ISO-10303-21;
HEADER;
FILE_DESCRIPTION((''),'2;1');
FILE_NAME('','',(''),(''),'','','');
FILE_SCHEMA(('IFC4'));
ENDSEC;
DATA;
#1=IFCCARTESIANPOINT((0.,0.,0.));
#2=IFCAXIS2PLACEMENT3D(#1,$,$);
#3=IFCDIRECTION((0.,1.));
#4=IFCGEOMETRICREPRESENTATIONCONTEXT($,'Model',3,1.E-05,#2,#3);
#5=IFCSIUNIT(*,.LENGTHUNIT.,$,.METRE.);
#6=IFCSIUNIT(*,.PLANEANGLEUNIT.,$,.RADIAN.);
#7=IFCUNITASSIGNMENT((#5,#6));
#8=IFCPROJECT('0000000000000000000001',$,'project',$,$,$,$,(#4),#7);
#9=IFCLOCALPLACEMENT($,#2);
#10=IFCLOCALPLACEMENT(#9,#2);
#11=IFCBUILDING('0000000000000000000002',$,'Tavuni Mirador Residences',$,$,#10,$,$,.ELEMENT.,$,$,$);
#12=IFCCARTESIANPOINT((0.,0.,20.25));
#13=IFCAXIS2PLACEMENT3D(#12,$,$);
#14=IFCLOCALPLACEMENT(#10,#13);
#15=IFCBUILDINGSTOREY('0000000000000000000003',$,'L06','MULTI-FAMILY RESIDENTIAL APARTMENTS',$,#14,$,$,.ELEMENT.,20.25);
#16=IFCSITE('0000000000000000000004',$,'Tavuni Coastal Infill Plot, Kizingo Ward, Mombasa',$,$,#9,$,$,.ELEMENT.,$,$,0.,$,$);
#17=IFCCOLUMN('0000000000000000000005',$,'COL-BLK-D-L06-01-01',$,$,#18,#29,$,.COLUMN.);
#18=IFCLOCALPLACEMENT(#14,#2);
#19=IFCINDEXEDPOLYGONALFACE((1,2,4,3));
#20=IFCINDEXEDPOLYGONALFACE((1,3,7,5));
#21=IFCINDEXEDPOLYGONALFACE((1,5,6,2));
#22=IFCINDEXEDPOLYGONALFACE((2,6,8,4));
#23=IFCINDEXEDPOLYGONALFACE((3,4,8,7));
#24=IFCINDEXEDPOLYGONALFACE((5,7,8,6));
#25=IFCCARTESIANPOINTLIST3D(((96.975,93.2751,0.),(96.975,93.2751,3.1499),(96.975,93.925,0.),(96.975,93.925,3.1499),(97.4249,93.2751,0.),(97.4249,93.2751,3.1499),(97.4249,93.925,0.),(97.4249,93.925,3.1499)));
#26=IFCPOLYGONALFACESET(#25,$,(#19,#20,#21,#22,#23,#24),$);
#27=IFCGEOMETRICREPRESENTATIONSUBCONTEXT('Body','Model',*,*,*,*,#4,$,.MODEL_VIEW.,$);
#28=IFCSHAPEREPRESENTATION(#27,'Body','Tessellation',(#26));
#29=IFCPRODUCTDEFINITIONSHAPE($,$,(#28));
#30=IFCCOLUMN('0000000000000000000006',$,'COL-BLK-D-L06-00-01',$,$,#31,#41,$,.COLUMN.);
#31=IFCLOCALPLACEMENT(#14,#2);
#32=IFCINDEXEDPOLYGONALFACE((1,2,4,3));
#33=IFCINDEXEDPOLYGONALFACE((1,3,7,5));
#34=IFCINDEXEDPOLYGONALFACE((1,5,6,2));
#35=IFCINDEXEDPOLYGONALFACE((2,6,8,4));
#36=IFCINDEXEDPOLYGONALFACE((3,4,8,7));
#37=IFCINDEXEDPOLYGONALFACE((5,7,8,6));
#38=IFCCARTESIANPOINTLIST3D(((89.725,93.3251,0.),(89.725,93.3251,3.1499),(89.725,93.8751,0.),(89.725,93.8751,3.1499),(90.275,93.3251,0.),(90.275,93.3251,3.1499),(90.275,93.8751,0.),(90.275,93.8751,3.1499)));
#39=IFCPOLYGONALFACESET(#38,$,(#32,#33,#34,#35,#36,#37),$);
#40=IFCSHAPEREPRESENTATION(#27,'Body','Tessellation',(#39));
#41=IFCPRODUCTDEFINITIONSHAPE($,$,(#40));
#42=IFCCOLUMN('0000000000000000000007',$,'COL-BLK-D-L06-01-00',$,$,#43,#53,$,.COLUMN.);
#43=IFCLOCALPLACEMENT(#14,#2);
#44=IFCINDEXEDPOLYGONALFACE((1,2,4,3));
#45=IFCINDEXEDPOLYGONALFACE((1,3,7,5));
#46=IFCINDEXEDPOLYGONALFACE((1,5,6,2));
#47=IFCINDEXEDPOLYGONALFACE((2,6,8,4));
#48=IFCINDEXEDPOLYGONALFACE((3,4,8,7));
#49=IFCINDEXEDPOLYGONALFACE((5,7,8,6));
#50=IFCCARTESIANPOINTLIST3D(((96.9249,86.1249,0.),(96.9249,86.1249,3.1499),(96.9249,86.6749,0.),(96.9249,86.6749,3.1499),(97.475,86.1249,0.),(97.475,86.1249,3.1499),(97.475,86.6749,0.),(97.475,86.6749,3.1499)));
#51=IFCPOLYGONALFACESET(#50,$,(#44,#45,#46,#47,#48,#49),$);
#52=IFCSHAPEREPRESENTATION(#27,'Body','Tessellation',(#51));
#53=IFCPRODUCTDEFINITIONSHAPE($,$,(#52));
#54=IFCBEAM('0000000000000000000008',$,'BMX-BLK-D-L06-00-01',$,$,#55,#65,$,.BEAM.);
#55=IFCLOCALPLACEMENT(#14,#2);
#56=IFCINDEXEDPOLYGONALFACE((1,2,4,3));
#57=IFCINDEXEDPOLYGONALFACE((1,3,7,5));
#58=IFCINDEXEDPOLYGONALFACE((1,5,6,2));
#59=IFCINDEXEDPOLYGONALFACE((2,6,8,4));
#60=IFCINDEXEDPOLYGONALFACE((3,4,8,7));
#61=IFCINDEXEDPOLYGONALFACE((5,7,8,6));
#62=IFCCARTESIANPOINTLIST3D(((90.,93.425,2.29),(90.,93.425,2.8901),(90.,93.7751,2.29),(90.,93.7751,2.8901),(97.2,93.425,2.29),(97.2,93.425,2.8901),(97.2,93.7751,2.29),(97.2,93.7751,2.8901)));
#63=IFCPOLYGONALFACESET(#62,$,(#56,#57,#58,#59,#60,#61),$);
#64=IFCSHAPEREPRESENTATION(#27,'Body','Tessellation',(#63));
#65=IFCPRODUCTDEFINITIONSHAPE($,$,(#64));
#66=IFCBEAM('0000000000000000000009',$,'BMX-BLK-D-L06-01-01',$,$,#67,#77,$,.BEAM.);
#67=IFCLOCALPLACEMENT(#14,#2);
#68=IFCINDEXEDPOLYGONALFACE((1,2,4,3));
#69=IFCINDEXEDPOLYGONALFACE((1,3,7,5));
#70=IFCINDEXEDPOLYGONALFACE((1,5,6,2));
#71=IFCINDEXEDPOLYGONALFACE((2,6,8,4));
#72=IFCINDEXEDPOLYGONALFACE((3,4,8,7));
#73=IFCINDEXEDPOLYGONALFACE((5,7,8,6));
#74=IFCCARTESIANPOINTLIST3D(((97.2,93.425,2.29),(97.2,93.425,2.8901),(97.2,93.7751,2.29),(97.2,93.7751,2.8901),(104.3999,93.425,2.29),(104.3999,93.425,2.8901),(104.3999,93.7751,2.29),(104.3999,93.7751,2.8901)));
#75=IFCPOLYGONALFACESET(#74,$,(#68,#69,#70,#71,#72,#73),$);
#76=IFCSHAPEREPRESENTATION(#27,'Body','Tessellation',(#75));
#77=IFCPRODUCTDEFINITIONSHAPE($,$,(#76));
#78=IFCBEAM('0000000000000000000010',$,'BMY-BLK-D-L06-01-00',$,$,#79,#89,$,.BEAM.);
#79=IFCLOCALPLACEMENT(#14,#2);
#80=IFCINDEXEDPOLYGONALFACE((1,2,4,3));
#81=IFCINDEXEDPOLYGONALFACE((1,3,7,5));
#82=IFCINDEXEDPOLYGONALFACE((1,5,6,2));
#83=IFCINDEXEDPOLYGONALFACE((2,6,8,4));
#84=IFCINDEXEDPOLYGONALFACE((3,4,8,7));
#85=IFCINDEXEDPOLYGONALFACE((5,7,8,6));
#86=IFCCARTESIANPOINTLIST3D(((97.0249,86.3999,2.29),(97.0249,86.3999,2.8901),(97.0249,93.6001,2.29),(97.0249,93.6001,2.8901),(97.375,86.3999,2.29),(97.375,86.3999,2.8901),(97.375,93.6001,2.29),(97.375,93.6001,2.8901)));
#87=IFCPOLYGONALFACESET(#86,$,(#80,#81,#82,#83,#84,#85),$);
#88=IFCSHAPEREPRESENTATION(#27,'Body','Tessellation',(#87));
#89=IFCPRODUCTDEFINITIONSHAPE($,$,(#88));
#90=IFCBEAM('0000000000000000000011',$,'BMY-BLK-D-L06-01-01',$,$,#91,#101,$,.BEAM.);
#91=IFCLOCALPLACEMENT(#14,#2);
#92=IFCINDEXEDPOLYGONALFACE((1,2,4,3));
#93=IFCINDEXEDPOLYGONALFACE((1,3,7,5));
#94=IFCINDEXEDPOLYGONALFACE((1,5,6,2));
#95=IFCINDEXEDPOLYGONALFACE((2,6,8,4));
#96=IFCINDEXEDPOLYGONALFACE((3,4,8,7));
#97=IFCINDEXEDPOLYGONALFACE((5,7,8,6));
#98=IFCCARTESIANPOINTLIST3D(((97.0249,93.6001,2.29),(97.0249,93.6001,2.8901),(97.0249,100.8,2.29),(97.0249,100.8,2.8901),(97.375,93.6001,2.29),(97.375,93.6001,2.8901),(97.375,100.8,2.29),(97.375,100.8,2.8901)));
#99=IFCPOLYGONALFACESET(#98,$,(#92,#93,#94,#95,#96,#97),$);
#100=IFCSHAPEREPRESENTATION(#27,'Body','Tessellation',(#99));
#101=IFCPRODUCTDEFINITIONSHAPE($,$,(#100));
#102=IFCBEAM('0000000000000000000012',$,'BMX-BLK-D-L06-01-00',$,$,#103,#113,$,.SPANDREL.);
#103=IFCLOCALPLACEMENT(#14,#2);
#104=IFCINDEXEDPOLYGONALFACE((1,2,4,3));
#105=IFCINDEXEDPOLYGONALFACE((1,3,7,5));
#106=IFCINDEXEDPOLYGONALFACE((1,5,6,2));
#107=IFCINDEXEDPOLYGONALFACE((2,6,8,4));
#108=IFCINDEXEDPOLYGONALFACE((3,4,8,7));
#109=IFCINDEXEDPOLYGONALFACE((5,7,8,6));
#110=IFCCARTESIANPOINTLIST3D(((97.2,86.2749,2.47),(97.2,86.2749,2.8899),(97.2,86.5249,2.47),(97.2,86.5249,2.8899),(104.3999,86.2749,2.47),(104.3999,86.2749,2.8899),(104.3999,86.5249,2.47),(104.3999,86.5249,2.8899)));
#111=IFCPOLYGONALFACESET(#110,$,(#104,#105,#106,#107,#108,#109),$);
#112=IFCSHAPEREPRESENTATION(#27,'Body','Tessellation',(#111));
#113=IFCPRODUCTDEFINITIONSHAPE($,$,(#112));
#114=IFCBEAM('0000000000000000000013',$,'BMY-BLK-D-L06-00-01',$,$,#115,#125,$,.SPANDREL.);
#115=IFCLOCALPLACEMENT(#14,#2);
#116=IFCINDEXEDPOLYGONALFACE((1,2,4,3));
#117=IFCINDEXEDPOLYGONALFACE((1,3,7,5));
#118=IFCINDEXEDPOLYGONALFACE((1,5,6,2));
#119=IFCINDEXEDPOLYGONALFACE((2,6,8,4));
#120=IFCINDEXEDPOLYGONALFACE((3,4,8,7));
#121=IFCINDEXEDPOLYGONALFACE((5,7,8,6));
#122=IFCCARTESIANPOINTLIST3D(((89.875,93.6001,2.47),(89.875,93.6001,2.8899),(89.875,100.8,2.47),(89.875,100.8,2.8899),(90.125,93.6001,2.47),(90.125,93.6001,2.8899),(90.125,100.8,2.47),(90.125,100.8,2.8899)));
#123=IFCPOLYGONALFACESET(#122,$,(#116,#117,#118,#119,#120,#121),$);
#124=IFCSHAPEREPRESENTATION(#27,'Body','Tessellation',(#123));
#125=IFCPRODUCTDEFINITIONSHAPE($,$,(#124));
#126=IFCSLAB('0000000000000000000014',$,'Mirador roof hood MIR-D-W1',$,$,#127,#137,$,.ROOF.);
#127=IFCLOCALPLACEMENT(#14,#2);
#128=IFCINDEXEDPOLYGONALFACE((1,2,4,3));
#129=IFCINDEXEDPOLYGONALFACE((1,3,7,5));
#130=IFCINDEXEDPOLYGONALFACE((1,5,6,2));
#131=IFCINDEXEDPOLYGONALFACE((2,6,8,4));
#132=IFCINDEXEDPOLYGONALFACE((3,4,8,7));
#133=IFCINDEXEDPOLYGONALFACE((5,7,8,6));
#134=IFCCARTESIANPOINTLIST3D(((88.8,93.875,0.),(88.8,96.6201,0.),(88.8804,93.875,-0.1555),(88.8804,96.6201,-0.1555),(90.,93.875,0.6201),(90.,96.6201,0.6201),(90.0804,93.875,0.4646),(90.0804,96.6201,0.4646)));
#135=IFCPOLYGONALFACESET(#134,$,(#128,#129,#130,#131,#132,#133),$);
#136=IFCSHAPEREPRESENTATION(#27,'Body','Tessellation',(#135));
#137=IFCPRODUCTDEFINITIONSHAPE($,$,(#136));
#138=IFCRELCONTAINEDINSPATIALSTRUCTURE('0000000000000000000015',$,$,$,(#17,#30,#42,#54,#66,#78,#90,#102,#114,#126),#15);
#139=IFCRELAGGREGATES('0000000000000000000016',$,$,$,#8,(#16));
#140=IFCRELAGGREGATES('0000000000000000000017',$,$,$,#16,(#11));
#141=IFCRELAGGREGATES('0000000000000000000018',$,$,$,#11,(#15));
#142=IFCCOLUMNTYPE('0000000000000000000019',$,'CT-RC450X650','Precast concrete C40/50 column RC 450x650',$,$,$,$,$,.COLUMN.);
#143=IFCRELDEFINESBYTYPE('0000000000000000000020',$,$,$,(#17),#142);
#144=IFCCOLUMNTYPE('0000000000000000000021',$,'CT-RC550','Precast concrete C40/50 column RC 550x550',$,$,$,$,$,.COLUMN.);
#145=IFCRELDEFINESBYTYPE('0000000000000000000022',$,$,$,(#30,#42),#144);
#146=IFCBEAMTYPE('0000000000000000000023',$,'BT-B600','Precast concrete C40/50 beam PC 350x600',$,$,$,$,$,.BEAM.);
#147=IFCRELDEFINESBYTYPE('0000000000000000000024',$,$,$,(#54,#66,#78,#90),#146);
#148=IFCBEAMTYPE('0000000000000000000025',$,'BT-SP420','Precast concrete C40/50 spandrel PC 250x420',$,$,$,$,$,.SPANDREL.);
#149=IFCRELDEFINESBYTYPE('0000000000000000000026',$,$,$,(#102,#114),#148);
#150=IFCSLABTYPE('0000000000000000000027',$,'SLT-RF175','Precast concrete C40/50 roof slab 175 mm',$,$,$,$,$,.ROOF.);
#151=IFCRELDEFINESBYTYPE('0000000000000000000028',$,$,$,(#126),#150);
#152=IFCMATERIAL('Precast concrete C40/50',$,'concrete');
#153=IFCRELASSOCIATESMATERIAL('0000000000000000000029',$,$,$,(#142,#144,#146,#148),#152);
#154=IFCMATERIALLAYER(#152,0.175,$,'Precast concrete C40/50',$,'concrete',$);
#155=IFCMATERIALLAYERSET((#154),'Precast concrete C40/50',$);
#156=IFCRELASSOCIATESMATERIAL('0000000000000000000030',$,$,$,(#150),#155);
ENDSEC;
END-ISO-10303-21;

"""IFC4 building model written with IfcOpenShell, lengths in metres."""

from ifc_helpers import new_model, si_unit, direction, frame, origin, origin_2d, place, context, subcontext, project, spatial, polyline, rectangle, outline, extrude, material, layer, layer_set, material_profile, profile_set, type_object, element, save


model = new_model("IFC4")

# Units and contexts
model_context = context("Model", 3, precision=1e-05, world=origin(), true_north=direction((0.0, 1.0)))
body_context = subcontext(model_context, "Body", "Model", "MODEL_VIEW")
ifc_project = project(units=[si_unit("LENGTHUNIT", "METRE"), si_unit("PLANEANGLEUNIT", "RADIAN")], contexts=[model_context])

# Site, building, storey
site_placement = place(None, origin())
site = spatial("IfcSite", under=ifc_project, at=site_placement, Name="Tavuni Coastal Infill Plot, Kizingo Ward, Mombasa", CompositionType="ELEMENT", RefElevation=0.0)
building_placement = place(site_placement, origin())
building = spatial("IfcBuilding", under=site, at=building_placement, Name="Tavuni Mirador Residences", CompositionType="ELEMENT")
storey_placement = place(building_placement, frame((0.0, 0.0, 20.25)))
storey = spatial("IfcBuildingStorey", under=building, at=storey_placement, Name="L06", Description="MULTI-FAMILY RESIDENTIAL APARTMENTS", CompositionType="ELEMENT", Elevation=20.25)

# Columns
ifc_material_1 = material(Name="Precast concrete C40/50", Category="concrete")
ifc_material_profile_1 = material_profile(ifc_material_1, rectangle(XDim=0.45, YDim=0.6499, at=origin_2d()), Name="RC 450x650", Category="concrete")
ifc_profile_set_1 = profile_set([ifc_material_profile_1], Name="Precast concrete C40/50")
column_type_1 = type_object("IfcColumnType", Name="CT-RC450X650", Description="Precast concrete C40/50 column RC 450x650", PredefinedType="COLUMN", material=ifc_profile_set_1)
column_placement = place(storey_placement, frame((97.2, 93.6001, 0.0), z_axis=(0.0, 0.0, 1.0), x_axis=(1.0, 0.0, 0.0)))
element("IfcColumn", 1, at=column_placement, inside=storey, type_object=column_type_1, Name="COL-BLK-D-L06-01-01", PredefinedType="COLUMN", context=body_context, shape_type="SweptSolid", body=[
    extrude(rectangle(XDim=0.45, YDim=0.6499, at=origin_2d()), origin(), (0.0, 0.0, 1.0), 3.1499),
])
ifc_material_profile_2 = material_profile(ifc_material_1, rectangle(XDim=0.55, YDim=0.55, at=origin_2d()), Name="RC 550x550", Category="concrete")
ifc_profile_set_2 = profile_set([ifc_material_profile_2], Name="Precast concrete C40/50")
column_type_2 = type_object("IfcColumnType", Name="CT-RC550", Description="Precast concrete C40/50 column RC 550x550", PredefinedType="COLUMN", material=ifc_profile_set_2)
for number, where, z_axis, x_axis, name in (
    (2, (90.0, 93.6001, 0.0), (0.0, 0.0, 1.0), (1.0, 0.0, 0.0), "COL-BLK-D-L06-00-01"),
    (3, (97.2, 86.3999, 0.0), (0.0, 0.0, 1.0), (1.0, 0.0, 0.0), "COL-BLK-D-L06-01-00"),
):
    element("IfcColumn", number, at=place(storey_placement, frame(where, z_axis=z_axis, x_axis=x_axis)), inside=storey, type_object=column_type_2, Name=name, PredefinedType="COLUMN", context=body_context, shape_type="SweptSolid", body=[
        extrude(rectangle(XDim=0.55, YDim=0.55, at=origin_2d()), origin(), (0.0, 0.0, 1.0), 3.1499),
    ])

# Beams
ifc_material_profile_3 = material_profile(ifc_material_1, rectangle(XDim=0.3501, YDim=0.6001, at=origin_2d()), Name="PC 350x600", Category="concrete")
ifc_profile_set_3 = profile_set([ifc_material_profile_3], Name="Precast concrete C40/50")
beam_type_1 = type_object("IfcBeamType", Name="BT-B600", Description="Precast concrete C40/50 beam PC 350x600", PredefinedType="BEAM", material=ifc_profile_set_3)
for number, where, z_axis, x_axis, name in (
    (4, (90.0, 93.6001, 2.5901), (1.0, 0.0, 0.0), (0.0, 1.0, 0.0), "BMX-BLK-D-L06-00-01"),
    (5, (97.2, 93.6001, 2.5901), (1.0, 0.0, 0.0), (0.0, 1.0, 0.0), "BMX-BLK-D-L06-01-01"),
):
    element("IfcBeam", number, at=place(storey_placement, frame(where, z_axis=z_axis, x_axis=x_axis)), inside=storey, type_object=beam_type_1, Name=name, PredefinedType="BEAM", context=body_context, shape_type="SweptSolid", body=[
        extrude(rectangle(XDim=0.3501, YDim=0.6001, at=origin_2d()), origin(), (0.0, 0.0, 1.0), 7.2),
    ])
beam_1_placement = place(storey_placement, frame((97.2, 86.3999, 2.5901), z_axis=(0.0, 1.0, 0.0), x_axis=(-1.0, 0.0, 0.0)))
element("IfcBeam", 6, at=beam_1_placement, inside=storey, type_object=beam_type_1, Name="BMY-BLK-D-L06-01-00", PredefinedType="BEAM", context=body_context, shape_type="SweptSolid", body=[
    extrude(rectangle(XDim=0.3501, YDim=0.6001, at=origin_2d()), origin(), (0.0, 0.0, 1.0), 7.2002),
])
beam_2_placement = place(storey_placement, frame((97.2, 93.6001, 2.5901), z_axis=(0.0, 1.0, 0.0), x_axis=(-1.0, 0.0, 0.0)))
element("IfcBeam", 7, at=beam_2_placement, inside=storey, type_object=beam_type_1, Name="BMY-BLK-D-L06-01-01", PredefinedType="BEAM", context=body_context, shape_type="SweptSolid", body=[
    extrude(rectangle(XDim=0.3501, YDim=0.6001, at=origin_2d()), origin(), (0.0, 0.0, 1.0), 7.2),
])
ifc_material_profile_4 = material_profile(ifc_material_1, rectangle(XDim=0.25, YDim=0.4199, at=origin_2d()), Name="PC 250x420", Category="concrete")
ifc_profile_set_4 = profile_set([ifc_material_profile_4], Name="Precast concrete C40/50")
beam_type_2 = type_object("IfcBeamType", Name="BT-SP420", Description="Precast concrete C40/50 spandrel PC 250x420", PredefinedType="SPANDREL", material=ifc_profile_set_4)
for number, where, z_axis, x_axis, name in (
    (8, (97.2, 86.3999, 2.6799), (1.0, 0.0, 0.0), (0.0, 1.0, 0.0), "BMX-BLK-D-L06-01-00"),
    (9, (90.0, 93.6001, 2.6799), (0.0, 1.0, 0.0), (-1.0, 0.0, 0.0), "BMY-BLK-D-L06-00-01"),
):
    element("IfcBeam", number, at=place(storey_placement, frame(where, z_axis=z_axis, x_axis=x_axis)), inside=storey, type_object=beam_type_2, Name=name, PredefinedType="SPANDREL", context=body_context, shape_type="SweptSolid", body=[
        extrude(rectangle(XDim=0.25, YDim=0.4199, at=origin_2d()), origin(), (0.0, 0.0, 1.0), 7.2),
    ])

# Slab
ifc_layer_1 = layer(ifc_material_1, 0.175, Name="Precast concrete C40/50", Category="concrete")
ifc_layer_set_1 = layer_set([ifc_layer_1], Name="Precast concrete C40/50")
slab_type = type_object("IfcSlabType", Name="SLT-RF175", Description="Precast concrete C40/50 roof slab 175 mm", PredefinedType="ROOF", material=ifc_layer_set_1)
slab_placement = place(storey_placement, frame((90.0, 93.875, 0.6201), z_axis=(-0.459103, 0.0, 0.888383), x_axis=(0.0, 1.0, 0.0)))
element("IfcSlab", 10, at=slab_placement, inside=storey, type_object=slab_type, Name="Mirador roof hood MIR-D-W1", PredefinedType="ROOF", context=body_context, shape_type="SweptSolid", body=[
    extrude(outline(polyline([(0.0, 0.0), (2.7451, 0.0), (2.7451, 1.3507), (0.0, 1.3507), (0.0, 0.0)])), origin(), (0.0, 0.0, -1.0), 0.175),
])

save(model, "model.ifc")
